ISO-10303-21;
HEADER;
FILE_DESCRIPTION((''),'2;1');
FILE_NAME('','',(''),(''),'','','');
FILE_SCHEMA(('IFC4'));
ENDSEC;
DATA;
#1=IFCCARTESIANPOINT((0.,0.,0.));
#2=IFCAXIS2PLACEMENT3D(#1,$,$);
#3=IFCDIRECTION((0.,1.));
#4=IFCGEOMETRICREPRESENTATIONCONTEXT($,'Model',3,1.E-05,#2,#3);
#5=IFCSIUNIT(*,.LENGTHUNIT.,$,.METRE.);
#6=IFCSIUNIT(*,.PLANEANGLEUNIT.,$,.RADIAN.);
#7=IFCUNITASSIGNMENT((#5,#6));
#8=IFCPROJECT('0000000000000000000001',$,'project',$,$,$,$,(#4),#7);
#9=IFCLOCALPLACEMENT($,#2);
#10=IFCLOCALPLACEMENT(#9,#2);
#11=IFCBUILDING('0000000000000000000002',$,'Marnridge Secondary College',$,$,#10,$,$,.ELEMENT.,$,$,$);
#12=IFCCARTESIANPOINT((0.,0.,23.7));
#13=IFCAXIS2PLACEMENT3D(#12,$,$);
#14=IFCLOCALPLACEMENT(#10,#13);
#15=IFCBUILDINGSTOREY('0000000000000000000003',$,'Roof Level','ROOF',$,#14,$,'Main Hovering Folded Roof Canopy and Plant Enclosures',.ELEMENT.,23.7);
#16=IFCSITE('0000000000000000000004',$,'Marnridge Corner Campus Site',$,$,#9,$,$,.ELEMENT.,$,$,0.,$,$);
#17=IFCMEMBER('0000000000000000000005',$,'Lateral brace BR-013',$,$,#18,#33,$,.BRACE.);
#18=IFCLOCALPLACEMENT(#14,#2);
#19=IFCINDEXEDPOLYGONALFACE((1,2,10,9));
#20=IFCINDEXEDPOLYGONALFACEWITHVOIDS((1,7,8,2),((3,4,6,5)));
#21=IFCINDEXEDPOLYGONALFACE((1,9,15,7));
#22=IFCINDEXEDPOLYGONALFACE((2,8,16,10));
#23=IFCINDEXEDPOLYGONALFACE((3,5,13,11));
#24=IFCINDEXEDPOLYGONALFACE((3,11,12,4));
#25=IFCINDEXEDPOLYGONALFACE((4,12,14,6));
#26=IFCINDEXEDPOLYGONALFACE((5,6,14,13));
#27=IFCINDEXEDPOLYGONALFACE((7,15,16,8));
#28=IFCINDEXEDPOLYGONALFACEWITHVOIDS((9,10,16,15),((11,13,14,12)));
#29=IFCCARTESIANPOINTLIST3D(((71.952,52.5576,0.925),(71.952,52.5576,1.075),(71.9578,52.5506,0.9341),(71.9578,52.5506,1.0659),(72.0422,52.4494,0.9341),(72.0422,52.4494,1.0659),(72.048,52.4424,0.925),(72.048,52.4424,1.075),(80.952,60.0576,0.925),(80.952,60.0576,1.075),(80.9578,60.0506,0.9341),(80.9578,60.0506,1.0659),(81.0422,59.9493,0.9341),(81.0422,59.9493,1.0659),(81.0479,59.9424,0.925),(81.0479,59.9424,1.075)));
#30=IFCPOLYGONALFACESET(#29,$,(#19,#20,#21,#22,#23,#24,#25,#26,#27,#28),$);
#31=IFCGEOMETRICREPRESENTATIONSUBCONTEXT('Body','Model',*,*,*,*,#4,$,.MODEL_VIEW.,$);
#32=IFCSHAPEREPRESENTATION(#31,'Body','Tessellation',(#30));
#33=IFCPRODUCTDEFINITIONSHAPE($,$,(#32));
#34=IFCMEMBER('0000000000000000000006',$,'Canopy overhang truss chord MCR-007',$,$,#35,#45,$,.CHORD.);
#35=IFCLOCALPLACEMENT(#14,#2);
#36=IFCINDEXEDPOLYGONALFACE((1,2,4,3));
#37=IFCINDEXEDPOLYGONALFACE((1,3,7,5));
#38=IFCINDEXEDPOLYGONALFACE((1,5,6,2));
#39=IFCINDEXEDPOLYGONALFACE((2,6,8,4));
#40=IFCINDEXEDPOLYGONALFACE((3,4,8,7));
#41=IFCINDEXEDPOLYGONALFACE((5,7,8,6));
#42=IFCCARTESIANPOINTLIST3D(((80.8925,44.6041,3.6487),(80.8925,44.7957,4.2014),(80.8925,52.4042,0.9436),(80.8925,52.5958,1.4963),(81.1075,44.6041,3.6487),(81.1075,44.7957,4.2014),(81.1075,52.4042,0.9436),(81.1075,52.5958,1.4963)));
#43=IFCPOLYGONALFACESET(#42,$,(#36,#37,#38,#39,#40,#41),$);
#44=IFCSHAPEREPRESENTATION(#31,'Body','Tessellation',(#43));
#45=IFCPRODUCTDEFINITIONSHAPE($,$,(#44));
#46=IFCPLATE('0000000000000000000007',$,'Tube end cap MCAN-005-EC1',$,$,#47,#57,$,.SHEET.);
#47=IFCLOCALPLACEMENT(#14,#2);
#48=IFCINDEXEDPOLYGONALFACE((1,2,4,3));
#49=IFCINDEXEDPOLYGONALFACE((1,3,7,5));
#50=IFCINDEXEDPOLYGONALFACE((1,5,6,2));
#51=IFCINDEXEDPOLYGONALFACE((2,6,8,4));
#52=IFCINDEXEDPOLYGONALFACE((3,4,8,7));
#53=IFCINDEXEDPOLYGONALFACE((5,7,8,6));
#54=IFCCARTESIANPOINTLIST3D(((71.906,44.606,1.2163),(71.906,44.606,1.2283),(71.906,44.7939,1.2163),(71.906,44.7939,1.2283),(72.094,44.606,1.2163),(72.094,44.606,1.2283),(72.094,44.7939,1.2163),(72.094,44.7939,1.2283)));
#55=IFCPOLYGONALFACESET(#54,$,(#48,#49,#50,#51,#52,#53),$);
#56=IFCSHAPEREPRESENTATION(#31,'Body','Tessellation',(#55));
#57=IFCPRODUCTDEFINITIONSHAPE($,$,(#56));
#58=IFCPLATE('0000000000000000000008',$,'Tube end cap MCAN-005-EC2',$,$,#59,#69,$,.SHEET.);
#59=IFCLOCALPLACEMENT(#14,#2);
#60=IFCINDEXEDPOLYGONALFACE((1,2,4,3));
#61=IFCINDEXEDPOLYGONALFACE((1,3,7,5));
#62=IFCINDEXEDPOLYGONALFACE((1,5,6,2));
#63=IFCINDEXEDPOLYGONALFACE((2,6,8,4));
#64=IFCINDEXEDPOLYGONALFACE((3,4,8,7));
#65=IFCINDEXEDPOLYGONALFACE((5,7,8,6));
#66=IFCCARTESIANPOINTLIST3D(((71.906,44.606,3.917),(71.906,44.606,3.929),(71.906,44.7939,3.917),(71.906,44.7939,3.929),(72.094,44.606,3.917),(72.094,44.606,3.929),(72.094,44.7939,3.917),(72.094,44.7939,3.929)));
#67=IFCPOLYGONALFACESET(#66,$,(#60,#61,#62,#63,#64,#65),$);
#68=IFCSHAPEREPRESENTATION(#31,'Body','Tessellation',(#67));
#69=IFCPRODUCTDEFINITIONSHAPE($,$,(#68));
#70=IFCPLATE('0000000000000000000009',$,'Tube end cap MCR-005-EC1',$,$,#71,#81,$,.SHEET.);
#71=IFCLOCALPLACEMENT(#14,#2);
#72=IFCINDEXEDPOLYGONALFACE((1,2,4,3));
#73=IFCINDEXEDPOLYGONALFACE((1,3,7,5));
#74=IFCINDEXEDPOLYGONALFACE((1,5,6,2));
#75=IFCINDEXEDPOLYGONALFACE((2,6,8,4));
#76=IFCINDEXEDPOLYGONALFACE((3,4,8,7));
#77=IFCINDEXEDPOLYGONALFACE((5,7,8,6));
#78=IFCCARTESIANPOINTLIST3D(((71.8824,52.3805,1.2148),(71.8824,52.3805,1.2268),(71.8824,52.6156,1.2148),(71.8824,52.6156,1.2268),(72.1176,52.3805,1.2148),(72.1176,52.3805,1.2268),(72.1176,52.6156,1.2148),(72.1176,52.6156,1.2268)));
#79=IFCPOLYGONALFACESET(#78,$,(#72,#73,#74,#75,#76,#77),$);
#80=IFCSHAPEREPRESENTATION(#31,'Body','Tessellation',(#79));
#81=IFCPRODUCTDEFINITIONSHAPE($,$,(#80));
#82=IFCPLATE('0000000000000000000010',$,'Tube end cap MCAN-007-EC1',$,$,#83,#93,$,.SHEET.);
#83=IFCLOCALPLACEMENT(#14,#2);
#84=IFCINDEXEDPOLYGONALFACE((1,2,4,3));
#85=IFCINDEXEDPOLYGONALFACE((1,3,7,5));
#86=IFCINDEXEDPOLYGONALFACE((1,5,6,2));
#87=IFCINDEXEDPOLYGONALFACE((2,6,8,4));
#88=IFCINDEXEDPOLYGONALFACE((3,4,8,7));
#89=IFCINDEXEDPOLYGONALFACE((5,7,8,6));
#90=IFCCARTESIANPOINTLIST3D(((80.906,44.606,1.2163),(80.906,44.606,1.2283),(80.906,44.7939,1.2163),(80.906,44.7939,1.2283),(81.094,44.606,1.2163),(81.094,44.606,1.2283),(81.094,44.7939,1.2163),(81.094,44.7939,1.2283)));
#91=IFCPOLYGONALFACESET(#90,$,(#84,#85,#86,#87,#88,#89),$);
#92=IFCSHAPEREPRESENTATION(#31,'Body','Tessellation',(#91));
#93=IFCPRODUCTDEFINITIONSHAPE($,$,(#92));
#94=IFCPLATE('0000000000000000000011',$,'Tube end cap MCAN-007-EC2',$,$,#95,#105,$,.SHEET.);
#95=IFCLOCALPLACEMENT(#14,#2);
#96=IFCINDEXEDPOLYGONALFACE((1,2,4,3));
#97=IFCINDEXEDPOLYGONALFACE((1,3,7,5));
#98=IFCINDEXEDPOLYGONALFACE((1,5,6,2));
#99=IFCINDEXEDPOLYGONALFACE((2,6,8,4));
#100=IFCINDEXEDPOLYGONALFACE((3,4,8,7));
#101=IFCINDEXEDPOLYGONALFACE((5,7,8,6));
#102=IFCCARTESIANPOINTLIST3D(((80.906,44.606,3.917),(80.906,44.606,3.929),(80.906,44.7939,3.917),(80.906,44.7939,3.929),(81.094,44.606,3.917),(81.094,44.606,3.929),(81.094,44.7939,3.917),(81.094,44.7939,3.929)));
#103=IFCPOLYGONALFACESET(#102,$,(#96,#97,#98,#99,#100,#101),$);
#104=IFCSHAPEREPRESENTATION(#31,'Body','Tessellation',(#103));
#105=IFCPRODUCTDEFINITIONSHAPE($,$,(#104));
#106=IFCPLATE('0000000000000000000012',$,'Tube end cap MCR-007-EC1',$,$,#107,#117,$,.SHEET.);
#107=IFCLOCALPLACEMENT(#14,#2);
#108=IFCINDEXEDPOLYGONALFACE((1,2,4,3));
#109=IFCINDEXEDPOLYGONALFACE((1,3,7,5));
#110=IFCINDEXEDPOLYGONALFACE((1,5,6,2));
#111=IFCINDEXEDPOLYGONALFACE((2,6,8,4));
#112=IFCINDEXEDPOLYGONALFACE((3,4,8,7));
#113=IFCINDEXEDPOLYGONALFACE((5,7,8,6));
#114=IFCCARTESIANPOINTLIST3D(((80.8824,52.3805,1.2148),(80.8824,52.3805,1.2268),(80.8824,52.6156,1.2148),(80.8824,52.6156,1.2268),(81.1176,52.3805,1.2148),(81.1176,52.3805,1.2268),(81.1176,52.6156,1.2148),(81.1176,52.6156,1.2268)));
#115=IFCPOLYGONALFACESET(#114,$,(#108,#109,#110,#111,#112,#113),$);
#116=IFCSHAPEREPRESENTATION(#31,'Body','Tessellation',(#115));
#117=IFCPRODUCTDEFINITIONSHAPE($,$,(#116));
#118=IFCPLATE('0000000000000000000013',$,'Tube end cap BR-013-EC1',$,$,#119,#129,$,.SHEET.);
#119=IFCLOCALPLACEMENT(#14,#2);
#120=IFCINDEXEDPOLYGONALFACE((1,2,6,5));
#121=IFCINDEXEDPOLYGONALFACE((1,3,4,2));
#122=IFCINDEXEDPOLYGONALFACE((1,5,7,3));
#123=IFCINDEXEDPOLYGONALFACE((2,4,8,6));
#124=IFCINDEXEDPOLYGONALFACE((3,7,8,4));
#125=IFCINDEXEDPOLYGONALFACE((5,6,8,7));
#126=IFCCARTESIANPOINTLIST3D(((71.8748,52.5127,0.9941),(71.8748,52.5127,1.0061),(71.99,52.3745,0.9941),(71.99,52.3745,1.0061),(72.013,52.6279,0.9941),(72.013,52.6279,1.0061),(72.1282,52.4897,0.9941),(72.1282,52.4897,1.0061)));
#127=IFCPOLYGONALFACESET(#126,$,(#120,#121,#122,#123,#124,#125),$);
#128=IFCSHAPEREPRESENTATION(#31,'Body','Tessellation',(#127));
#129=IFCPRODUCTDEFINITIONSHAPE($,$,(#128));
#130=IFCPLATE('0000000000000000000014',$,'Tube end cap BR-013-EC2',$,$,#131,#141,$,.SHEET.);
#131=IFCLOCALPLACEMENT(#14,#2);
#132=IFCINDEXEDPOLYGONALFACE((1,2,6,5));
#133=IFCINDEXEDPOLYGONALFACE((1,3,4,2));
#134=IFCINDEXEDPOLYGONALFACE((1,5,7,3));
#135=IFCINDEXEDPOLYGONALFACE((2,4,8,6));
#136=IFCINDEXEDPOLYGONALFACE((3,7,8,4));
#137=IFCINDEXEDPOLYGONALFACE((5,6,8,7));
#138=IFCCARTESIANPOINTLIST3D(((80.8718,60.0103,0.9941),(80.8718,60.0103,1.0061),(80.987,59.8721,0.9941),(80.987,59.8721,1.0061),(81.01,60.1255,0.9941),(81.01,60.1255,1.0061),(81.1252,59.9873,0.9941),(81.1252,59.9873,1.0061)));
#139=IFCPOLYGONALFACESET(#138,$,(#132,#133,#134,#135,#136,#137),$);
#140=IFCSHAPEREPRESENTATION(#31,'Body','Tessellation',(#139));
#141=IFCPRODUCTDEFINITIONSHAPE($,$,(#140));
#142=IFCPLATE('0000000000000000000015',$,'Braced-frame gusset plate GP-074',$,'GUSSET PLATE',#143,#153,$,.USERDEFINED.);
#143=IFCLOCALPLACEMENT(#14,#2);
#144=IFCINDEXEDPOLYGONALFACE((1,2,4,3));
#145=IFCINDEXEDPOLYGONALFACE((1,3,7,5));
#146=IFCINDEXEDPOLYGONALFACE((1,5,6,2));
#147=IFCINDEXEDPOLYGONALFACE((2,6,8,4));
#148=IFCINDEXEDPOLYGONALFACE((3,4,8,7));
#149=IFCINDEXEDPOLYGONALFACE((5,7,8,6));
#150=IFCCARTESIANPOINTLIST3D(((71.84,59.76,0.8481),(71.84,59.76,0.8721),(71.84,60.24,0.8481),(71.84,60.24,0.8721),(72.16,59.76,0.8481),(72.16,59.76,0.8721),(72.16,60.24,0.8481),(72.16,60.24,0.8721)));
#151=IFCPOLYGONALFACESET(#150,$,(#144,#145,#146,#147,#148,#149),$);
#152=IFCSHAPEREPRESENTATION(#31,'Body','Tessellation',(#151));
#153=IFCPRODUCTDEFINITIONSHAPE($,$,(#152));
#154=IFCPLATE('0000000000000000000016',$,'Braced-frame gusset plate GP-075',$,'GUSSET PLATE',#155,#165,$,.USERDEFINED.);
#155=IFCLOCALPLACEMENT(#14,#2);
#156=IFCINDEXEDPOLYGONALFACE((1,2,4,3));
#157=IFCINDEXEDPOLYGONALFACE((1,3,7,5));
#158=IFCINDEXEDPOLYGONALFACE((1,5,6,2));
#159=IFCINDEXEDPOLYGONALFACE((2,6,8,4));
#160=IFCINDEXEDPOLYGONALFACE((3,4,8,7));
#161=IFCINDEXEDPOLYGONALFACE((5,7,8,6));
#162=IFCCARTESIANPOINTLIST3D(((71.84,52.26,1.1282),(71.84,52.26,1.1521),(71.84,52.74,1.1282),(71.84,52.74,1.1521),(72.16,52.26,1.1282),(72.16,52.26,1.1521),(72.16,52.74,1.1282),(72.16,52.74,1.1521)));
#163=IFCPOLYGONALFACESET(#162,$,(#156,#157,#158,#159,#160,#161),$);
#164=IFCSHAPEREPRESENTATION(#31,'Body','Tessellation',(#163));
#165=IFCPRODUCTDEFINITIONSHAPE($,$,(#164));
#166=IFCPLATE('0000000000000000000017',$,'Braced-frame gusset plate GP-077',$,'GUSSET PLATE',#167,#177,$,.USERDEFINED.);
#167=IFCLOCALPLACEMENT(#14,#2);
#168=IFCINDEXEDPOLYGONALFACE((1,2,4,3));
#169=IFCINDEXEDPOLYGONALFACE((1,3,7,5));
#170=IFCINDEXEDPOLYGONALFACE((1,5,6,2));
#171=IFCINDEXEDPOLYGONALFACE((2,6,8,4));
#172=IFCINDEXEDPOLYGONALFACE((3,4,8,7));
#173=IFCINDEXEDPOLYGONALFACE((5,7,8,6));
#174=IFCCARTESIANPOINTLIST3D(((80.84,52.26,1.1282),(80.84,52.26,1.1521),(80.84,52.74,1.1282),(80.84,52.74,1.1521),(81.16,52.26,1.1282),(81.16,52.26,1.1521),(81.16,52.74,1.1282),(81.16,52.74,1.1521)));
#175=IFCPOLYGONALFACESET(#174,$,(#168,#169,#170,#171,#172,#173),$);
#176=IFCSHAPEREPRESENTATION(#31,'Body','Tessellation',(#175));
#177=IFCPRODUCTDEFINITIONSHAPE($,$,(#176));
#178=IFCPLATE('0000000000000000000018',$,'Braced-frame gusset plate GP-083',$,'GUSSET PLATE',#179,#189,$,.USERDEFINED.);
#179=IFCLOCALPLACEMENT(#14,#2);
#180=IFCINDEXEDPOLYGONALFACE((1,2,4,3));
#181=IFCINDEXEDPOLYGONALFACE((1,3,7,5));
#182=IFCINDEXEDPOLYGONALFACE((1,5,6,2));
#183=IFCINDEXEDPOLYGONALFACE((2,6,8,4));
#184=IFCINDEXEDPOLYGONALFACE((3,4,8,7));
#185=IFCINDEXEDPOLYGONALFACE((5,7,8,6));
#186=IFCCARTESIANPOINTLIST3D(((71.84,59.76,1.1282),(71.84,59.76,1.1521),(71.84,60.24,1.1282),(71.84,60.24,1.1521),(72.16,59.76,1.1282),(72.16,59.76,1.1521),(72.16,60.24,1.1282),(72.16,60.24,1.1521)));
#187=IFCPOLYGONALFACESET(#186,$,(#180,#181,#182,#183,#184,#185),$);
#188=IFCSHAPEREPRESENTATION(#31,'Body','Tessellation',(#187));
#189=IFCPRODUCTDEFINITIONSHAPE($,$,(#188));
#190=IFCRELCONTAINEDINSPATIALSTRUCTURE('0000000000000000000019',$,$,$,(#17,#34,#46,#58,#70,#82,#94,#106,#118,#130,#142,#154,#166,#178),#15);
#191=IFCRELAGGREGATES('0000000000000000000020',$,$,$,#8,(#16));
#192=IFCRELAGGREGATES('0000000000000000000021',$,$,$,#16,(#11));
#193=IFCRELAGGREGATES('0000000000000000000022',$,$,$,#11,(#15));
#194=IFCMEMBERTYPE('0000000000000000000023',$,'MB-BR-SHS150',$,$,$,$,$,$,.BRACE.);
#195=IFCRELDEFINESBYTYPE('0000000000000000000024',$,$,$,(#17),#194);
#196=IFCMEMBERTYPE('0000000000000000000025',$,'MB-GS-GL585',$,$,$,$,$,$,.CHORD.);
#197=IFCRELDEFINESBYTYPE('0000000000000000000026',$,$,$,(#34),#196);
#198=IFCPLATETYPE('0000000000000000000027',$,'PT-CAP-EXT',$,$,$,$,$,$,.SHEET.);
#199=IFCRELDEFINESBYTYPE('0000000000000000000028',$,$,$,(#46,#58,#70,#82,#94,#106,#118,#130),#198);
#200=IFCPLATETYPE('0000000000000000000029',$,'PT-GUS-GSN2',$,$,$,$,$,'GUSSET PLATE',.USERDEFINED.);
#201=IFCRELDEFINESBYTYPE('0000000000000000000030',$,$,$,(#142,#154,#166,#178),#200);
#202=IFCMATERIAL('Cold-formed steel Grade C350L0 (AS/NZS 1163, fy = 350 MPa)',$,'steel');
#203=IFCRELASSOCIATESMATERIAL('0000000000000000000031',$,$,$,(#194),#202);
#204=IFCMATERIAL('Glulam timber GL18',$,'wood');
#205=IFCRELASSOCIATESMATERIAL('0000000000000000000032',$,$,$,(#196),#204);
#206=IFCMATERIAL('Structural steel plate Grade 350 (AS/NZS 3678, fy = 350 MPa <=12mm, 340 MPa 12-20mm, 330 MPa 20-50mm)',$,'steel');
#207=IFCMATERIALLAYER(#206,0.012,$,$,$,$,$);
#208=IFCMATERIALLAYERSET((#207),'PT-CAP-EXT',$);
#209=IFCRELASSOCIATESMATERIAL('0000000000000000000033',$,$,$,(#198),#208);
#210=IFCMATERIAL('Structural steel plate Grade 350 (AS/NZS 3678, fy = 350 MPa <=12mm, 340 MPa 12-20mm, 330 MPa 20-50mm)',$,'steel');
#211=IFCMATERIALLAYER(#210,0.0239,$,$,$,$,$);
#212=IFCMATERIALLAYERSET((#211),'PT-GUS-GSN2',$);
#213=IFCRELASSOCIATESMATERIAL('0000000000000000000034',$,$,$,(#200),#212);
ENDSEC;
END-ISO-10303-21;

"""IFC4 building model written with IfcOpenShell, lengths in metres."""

from ifc_helpers import new_model, si_unit, direction, frame, origin, origin_2d, place, context, subcontext, project, spatial, rectangle, hollow_rectangle, extrude, material, layer, layer_set, material_profile, profile_set, type_object, element, save


model = new_model("IFC4")

# Units and contexts
model_context = context("Model", 3, precision=1e-05, world=origin(), true_north=direction((0.0, 1.0)))
body_context = subcontext(model_context, "Body", "Model", "MODEL_VIEW")
ifc_project = project(units=[si_unit("LENGTHUNIT", "METRE"), si_unit("PLANEANGLEUNIT", "RADIAN")], contexts=[model_context])

# Site, building, storey
site_placement = place(None, origin())
site = spatial("IfcSite", under=ifc_project, at=site_placement, Name="Marnridge Corner Campus Site", CompositionType="ELEMENT", RefElevation=0.0)
building_placement = place(site_placement, origin())
building = spatial("IfcBuilding", under=site, at=building_placement, Name="Marnridge Secondary College", CompositionType="ELEMENT")
storey_placement = place(building_placement, frame((0.0, 0.0, 23.7)))
storey = spatial("IfcBuildingStorey", under=building, at=storey_placement, Name="Roof Level", Description="ROOF", LongName="Main Hovering Folded Roof Canopy and Plant Enclosures", CompositionType="ELEMENT", Elevation=23.7)

# Members
ifc_material_1 = material(Name="Cold-formed steel Grade C350L0 (AS/NZS 1163, fy = 350 MPa)", Category="steel")
ifc_material_profile_1 = material_profile(ifc_material_1, hollow_rectangle(XDim=0.1499, YDim=0.1499, WallThickness=0.009, at=origin_2d()), Name="150x150x9.0SHS")
ifc_profile_set_1 = profile_set([ifc_material_profile_1], Name="Cold-formed steel Grade C350L0 (AS/NZS 1163, fy = 350 MPa)")
member_type_1 = type_object("IfcMemberType", Name="MB-BR-SHS150", PredefinedType="BRACE", material=ifc_profile_set_1)
member_1_placement = place(storey_placement, frame((72.0, 52.5, 1.0), z_axis=(0.768221, 0.640184, 0.0), x_axis=(-0.640184, 0.768221, 0.0)))
element("IfcMember", 1, at=member_1_placement, inside=storey, type_object=member_type_1, Name="Lateral brace BR-013", PredefinedType="BRACE", context=body_context, shape_type="SweptSolid", body=[
    extrude(hollow_rectangle(XDim=0.1499, YDim=0.1499, WallThickness=0.009, at=origin_2d()), origin(), (0.0, 0.0, 1.0), 11.7153),
])
ifc_material_2 = material(Name="Glulam timber GL18", Category="wood")
ifc_material_profile_2 = material_profile(ifc_material_2, rectangle(XDim=0.2151, YDim=0.585, at=origin_2d()), Name="GL18 215x585")
ifc_profile_set_2 = profile_set([ifc_material_profile_2], Name="Glulam timber GL18")
member_type_2 = type_object("IfcMemberType", Name="MB-GS-GL585", PredefinedType="CHORD", material=ifc_profile_set_2)
member_2_placement = place(storey_placement, frame((81.0, 52.5, 1.22), z_axis=(0.0, -0.944796, 0.327658), x_axis=(1.0, 0.0, 0.0)))
element("IfcMember", 2, at=member_2_placement, inside=storey, type_object=member_type_2, Name="Canopy overhang truss chord MCR-007", PredefinedType="CHORD", context=body_context, shape_type="SweptSolid", body=[
    extrude(rectangle(XDim=0.2151, YDim=0.585, at=origin_2d()), origin(), (0.0, 0.0, 1.0), 8.2559),
])

# Plates
ifc_material_3 = material(Name="Structural steel plate Grade 350 (AS/NZS 3678, fy = 350 MPa <=12mm, 340 MPa 12-20mm, 330 MPa 20-50mm)", Category="steel")
ifc_layer_1 = layer(ifc_material_3, 0.012)
ifc_layer_set_1 = layer_set([ifc_layer_1], Name="PT-CAP-EXT")
plate_type_1 = type_object("IfcPlateType", Name="PT-CAP-EXT", PredefinedType="SHEET", material=ifc_layer_set_1)
for number, where, z_axis, x_axis, name in (
    (3, (72.0, 44.7, 1.2163), (0.0, 0.0, 1.0), (1.0, 0.0, 0.0), "Tube end cap MCAN-005-EC1"),
    (4, (72.0, 44.7, 3.917), (0.0, 0.0, 1.0), (1.0, 0.0, 0.0), "Tube end cap MCAN-005-EC2"),
):
    element("IfcPlate", number, at=place(storey_placement, frame(where, z_axis=z_axis, x_axis=x_axis)), inside=storey, type_object=plate_type_1, Name=name, PredefinedType="SHEET", context=body_context, shape_type="SweptSolid", body=[
        extrude(rectangle(XDim=0.188, YDim=0.188, at=origin_2d()), origin(), (0.0, 0.0, 1.0), 0.012),
    ])
plate_1_placement = place(storey_placement, frame((72.0, 52.498, 1.2148), z_axis=(0.0, 0.0, 1.0), x_axis=(0.0, -1.0, 0.0)))
element("IfcPlate", 5, at=plate_1_placement, inside=storey, type_object=plate_type_1, Name="Tube end cap MCR-005-EC1", PredefinedType="SHEET", context=body_context, shape_type="SweptSolid", body=[
    extrude(rectangle(XDim=0.2351, YDim=0.2351, at=origin_2d()), origin(), (0.0, 0.0, 1.0), 0.012),
])
for number, where, z_axis, x_axis, name in (
    (6, (81.0, 44.7, 1.2163), (0.0, 0.0, 1.0), (1.0, 0.0, 0.0), "Tube end cap MCAN-007-EC1"),
    (7, (81.0, 44.7, 3.917), (0.0, 0.0, 1.0), (1.0, 0.0, 0.0), "Tube end cap MCAN-007-EC2"),
):
    element("IfcPlate", number, at=place(storey_placement, frame(where, z_axis=z_axis, x_axis=x_axis)), inside=storey, type_object=plate_type_1, Name=name, PredefinedType="SHEET", context=body_context, shape_type="SweptSolid", body=[
        extrude(rectangle(XDim=0.188, YDim=0.188, at=origin_2d()), origin(), (0.0, 0.0, 1.0), 0.012),
    ])
plate_2_placement = place(storey_placement, frame((81.0, 52.498, 1.2148), z_axis=(0.0, 0.0, 1.0), x_axis=(0.0, -1.0, 0.0)))
element("IfcPlate", 8, at=plate_2_placement, inside=storey, type_object=plate_type_1, Name="Tube end cap MCR-007-EC1", PredefinedType="SHEET", context=body_context, shape_type="SweptSolid", body=[
    extrude(rectangle(XDim=0.2351, YDim=0.2351, at=origin_2d()), origin(), (0.0, 0.0, 1.0), 0.012),
])
for number, where, z_axis, x_axis, name in (
    (9, (72.0015, 52.5012, 0.9941), (0.0, 0.0, 1.0), (0.768172, 0.640244, 0.0), "Tube end cap BR-013-EC1"),
    (10, (80.9985, 59.9988, 0.9941), (0.0, 0.0, 1.0), (0.768172, 0.640244, 0.0), "Tube end cap BR-013-EC2"),
):
    element("IfcPlate", number, at=place(storey_placement, frame(where, z_axis=z_axis, x_axis=x_axis)), inside=storey, type_object=plate_type_1, Name=name, PredefinedType="SHEET", context=body_context, shape_type="SweptSolid", body=[
        extrude(rectangle(XDim=0.1799, YDim=0.1799, at=origin_2d()), origin(), (0.0, 0.0, 1.0), 0.012),
    ])
ifc_material_4 = material(Name="Structural steel plate Grade 350 (AS/NZS 3678, fy = 350 MPa <=12mm, 340 MPa 12-20mm, 330 MPa 20-50mm)", Category="steel")
ifc_layer_2 = layer(ifc_material_4, 0.0239)
ifc_layer_set_2 = layer_set([ifc_layer_2], Name="PT-GUS-GSN2")
plate_type_2 = type_object("IfcPlateType", Name="PT-GUS-GSN2", ElementType="GUSSET PLATE", PredefinedType="USERDEFINED", material=ifc_layer_set_2)
for number, where, z_axis, x_axis, name in (
    (11, (72.0, 60.0, 0.8481), (0.0, 0.0, 1.0), (0.0, 1.0, 0.0), "Braced-frame gusset plate GP-074"),
    (12, (72.0, 52.5, 1.1282), (0.0, 0.0, 1.0), (0.0, 1.0, 0.0), "Braced-frame gusset plate GP-075"),
    (13, (81.0, 52.5, 1.1282), (0.0, 0.0, 1.0), (0.0, 1.0, 0.0), "Braced-frame gusset plate GP-077"),
    (14, (72.0, 60.0, 1.1282), (0.0, 0.0, 1.0), (0.0, 1.0, 0.0), "Braced-frame gusset plate GP-083"),
):
    element("IfcPlate", number, at=place(storey_placement, frame(where, z_axis=z_axis, x_axis=x_axis)), inside=storey, type_object=plate_type_2, Name=name, ObjectType="GUSSET PLATE", PredefinedType="USERDEFINED", context=body_context, shape_type="SweptSolid", body=[
        extrude(rectangle(XDim=0.48, YDim=0.3201, at=origin_2d()), origin(), (0.0, 0.0, 1.0), 0.0239),
    ])

save(model, "model.ifc")
